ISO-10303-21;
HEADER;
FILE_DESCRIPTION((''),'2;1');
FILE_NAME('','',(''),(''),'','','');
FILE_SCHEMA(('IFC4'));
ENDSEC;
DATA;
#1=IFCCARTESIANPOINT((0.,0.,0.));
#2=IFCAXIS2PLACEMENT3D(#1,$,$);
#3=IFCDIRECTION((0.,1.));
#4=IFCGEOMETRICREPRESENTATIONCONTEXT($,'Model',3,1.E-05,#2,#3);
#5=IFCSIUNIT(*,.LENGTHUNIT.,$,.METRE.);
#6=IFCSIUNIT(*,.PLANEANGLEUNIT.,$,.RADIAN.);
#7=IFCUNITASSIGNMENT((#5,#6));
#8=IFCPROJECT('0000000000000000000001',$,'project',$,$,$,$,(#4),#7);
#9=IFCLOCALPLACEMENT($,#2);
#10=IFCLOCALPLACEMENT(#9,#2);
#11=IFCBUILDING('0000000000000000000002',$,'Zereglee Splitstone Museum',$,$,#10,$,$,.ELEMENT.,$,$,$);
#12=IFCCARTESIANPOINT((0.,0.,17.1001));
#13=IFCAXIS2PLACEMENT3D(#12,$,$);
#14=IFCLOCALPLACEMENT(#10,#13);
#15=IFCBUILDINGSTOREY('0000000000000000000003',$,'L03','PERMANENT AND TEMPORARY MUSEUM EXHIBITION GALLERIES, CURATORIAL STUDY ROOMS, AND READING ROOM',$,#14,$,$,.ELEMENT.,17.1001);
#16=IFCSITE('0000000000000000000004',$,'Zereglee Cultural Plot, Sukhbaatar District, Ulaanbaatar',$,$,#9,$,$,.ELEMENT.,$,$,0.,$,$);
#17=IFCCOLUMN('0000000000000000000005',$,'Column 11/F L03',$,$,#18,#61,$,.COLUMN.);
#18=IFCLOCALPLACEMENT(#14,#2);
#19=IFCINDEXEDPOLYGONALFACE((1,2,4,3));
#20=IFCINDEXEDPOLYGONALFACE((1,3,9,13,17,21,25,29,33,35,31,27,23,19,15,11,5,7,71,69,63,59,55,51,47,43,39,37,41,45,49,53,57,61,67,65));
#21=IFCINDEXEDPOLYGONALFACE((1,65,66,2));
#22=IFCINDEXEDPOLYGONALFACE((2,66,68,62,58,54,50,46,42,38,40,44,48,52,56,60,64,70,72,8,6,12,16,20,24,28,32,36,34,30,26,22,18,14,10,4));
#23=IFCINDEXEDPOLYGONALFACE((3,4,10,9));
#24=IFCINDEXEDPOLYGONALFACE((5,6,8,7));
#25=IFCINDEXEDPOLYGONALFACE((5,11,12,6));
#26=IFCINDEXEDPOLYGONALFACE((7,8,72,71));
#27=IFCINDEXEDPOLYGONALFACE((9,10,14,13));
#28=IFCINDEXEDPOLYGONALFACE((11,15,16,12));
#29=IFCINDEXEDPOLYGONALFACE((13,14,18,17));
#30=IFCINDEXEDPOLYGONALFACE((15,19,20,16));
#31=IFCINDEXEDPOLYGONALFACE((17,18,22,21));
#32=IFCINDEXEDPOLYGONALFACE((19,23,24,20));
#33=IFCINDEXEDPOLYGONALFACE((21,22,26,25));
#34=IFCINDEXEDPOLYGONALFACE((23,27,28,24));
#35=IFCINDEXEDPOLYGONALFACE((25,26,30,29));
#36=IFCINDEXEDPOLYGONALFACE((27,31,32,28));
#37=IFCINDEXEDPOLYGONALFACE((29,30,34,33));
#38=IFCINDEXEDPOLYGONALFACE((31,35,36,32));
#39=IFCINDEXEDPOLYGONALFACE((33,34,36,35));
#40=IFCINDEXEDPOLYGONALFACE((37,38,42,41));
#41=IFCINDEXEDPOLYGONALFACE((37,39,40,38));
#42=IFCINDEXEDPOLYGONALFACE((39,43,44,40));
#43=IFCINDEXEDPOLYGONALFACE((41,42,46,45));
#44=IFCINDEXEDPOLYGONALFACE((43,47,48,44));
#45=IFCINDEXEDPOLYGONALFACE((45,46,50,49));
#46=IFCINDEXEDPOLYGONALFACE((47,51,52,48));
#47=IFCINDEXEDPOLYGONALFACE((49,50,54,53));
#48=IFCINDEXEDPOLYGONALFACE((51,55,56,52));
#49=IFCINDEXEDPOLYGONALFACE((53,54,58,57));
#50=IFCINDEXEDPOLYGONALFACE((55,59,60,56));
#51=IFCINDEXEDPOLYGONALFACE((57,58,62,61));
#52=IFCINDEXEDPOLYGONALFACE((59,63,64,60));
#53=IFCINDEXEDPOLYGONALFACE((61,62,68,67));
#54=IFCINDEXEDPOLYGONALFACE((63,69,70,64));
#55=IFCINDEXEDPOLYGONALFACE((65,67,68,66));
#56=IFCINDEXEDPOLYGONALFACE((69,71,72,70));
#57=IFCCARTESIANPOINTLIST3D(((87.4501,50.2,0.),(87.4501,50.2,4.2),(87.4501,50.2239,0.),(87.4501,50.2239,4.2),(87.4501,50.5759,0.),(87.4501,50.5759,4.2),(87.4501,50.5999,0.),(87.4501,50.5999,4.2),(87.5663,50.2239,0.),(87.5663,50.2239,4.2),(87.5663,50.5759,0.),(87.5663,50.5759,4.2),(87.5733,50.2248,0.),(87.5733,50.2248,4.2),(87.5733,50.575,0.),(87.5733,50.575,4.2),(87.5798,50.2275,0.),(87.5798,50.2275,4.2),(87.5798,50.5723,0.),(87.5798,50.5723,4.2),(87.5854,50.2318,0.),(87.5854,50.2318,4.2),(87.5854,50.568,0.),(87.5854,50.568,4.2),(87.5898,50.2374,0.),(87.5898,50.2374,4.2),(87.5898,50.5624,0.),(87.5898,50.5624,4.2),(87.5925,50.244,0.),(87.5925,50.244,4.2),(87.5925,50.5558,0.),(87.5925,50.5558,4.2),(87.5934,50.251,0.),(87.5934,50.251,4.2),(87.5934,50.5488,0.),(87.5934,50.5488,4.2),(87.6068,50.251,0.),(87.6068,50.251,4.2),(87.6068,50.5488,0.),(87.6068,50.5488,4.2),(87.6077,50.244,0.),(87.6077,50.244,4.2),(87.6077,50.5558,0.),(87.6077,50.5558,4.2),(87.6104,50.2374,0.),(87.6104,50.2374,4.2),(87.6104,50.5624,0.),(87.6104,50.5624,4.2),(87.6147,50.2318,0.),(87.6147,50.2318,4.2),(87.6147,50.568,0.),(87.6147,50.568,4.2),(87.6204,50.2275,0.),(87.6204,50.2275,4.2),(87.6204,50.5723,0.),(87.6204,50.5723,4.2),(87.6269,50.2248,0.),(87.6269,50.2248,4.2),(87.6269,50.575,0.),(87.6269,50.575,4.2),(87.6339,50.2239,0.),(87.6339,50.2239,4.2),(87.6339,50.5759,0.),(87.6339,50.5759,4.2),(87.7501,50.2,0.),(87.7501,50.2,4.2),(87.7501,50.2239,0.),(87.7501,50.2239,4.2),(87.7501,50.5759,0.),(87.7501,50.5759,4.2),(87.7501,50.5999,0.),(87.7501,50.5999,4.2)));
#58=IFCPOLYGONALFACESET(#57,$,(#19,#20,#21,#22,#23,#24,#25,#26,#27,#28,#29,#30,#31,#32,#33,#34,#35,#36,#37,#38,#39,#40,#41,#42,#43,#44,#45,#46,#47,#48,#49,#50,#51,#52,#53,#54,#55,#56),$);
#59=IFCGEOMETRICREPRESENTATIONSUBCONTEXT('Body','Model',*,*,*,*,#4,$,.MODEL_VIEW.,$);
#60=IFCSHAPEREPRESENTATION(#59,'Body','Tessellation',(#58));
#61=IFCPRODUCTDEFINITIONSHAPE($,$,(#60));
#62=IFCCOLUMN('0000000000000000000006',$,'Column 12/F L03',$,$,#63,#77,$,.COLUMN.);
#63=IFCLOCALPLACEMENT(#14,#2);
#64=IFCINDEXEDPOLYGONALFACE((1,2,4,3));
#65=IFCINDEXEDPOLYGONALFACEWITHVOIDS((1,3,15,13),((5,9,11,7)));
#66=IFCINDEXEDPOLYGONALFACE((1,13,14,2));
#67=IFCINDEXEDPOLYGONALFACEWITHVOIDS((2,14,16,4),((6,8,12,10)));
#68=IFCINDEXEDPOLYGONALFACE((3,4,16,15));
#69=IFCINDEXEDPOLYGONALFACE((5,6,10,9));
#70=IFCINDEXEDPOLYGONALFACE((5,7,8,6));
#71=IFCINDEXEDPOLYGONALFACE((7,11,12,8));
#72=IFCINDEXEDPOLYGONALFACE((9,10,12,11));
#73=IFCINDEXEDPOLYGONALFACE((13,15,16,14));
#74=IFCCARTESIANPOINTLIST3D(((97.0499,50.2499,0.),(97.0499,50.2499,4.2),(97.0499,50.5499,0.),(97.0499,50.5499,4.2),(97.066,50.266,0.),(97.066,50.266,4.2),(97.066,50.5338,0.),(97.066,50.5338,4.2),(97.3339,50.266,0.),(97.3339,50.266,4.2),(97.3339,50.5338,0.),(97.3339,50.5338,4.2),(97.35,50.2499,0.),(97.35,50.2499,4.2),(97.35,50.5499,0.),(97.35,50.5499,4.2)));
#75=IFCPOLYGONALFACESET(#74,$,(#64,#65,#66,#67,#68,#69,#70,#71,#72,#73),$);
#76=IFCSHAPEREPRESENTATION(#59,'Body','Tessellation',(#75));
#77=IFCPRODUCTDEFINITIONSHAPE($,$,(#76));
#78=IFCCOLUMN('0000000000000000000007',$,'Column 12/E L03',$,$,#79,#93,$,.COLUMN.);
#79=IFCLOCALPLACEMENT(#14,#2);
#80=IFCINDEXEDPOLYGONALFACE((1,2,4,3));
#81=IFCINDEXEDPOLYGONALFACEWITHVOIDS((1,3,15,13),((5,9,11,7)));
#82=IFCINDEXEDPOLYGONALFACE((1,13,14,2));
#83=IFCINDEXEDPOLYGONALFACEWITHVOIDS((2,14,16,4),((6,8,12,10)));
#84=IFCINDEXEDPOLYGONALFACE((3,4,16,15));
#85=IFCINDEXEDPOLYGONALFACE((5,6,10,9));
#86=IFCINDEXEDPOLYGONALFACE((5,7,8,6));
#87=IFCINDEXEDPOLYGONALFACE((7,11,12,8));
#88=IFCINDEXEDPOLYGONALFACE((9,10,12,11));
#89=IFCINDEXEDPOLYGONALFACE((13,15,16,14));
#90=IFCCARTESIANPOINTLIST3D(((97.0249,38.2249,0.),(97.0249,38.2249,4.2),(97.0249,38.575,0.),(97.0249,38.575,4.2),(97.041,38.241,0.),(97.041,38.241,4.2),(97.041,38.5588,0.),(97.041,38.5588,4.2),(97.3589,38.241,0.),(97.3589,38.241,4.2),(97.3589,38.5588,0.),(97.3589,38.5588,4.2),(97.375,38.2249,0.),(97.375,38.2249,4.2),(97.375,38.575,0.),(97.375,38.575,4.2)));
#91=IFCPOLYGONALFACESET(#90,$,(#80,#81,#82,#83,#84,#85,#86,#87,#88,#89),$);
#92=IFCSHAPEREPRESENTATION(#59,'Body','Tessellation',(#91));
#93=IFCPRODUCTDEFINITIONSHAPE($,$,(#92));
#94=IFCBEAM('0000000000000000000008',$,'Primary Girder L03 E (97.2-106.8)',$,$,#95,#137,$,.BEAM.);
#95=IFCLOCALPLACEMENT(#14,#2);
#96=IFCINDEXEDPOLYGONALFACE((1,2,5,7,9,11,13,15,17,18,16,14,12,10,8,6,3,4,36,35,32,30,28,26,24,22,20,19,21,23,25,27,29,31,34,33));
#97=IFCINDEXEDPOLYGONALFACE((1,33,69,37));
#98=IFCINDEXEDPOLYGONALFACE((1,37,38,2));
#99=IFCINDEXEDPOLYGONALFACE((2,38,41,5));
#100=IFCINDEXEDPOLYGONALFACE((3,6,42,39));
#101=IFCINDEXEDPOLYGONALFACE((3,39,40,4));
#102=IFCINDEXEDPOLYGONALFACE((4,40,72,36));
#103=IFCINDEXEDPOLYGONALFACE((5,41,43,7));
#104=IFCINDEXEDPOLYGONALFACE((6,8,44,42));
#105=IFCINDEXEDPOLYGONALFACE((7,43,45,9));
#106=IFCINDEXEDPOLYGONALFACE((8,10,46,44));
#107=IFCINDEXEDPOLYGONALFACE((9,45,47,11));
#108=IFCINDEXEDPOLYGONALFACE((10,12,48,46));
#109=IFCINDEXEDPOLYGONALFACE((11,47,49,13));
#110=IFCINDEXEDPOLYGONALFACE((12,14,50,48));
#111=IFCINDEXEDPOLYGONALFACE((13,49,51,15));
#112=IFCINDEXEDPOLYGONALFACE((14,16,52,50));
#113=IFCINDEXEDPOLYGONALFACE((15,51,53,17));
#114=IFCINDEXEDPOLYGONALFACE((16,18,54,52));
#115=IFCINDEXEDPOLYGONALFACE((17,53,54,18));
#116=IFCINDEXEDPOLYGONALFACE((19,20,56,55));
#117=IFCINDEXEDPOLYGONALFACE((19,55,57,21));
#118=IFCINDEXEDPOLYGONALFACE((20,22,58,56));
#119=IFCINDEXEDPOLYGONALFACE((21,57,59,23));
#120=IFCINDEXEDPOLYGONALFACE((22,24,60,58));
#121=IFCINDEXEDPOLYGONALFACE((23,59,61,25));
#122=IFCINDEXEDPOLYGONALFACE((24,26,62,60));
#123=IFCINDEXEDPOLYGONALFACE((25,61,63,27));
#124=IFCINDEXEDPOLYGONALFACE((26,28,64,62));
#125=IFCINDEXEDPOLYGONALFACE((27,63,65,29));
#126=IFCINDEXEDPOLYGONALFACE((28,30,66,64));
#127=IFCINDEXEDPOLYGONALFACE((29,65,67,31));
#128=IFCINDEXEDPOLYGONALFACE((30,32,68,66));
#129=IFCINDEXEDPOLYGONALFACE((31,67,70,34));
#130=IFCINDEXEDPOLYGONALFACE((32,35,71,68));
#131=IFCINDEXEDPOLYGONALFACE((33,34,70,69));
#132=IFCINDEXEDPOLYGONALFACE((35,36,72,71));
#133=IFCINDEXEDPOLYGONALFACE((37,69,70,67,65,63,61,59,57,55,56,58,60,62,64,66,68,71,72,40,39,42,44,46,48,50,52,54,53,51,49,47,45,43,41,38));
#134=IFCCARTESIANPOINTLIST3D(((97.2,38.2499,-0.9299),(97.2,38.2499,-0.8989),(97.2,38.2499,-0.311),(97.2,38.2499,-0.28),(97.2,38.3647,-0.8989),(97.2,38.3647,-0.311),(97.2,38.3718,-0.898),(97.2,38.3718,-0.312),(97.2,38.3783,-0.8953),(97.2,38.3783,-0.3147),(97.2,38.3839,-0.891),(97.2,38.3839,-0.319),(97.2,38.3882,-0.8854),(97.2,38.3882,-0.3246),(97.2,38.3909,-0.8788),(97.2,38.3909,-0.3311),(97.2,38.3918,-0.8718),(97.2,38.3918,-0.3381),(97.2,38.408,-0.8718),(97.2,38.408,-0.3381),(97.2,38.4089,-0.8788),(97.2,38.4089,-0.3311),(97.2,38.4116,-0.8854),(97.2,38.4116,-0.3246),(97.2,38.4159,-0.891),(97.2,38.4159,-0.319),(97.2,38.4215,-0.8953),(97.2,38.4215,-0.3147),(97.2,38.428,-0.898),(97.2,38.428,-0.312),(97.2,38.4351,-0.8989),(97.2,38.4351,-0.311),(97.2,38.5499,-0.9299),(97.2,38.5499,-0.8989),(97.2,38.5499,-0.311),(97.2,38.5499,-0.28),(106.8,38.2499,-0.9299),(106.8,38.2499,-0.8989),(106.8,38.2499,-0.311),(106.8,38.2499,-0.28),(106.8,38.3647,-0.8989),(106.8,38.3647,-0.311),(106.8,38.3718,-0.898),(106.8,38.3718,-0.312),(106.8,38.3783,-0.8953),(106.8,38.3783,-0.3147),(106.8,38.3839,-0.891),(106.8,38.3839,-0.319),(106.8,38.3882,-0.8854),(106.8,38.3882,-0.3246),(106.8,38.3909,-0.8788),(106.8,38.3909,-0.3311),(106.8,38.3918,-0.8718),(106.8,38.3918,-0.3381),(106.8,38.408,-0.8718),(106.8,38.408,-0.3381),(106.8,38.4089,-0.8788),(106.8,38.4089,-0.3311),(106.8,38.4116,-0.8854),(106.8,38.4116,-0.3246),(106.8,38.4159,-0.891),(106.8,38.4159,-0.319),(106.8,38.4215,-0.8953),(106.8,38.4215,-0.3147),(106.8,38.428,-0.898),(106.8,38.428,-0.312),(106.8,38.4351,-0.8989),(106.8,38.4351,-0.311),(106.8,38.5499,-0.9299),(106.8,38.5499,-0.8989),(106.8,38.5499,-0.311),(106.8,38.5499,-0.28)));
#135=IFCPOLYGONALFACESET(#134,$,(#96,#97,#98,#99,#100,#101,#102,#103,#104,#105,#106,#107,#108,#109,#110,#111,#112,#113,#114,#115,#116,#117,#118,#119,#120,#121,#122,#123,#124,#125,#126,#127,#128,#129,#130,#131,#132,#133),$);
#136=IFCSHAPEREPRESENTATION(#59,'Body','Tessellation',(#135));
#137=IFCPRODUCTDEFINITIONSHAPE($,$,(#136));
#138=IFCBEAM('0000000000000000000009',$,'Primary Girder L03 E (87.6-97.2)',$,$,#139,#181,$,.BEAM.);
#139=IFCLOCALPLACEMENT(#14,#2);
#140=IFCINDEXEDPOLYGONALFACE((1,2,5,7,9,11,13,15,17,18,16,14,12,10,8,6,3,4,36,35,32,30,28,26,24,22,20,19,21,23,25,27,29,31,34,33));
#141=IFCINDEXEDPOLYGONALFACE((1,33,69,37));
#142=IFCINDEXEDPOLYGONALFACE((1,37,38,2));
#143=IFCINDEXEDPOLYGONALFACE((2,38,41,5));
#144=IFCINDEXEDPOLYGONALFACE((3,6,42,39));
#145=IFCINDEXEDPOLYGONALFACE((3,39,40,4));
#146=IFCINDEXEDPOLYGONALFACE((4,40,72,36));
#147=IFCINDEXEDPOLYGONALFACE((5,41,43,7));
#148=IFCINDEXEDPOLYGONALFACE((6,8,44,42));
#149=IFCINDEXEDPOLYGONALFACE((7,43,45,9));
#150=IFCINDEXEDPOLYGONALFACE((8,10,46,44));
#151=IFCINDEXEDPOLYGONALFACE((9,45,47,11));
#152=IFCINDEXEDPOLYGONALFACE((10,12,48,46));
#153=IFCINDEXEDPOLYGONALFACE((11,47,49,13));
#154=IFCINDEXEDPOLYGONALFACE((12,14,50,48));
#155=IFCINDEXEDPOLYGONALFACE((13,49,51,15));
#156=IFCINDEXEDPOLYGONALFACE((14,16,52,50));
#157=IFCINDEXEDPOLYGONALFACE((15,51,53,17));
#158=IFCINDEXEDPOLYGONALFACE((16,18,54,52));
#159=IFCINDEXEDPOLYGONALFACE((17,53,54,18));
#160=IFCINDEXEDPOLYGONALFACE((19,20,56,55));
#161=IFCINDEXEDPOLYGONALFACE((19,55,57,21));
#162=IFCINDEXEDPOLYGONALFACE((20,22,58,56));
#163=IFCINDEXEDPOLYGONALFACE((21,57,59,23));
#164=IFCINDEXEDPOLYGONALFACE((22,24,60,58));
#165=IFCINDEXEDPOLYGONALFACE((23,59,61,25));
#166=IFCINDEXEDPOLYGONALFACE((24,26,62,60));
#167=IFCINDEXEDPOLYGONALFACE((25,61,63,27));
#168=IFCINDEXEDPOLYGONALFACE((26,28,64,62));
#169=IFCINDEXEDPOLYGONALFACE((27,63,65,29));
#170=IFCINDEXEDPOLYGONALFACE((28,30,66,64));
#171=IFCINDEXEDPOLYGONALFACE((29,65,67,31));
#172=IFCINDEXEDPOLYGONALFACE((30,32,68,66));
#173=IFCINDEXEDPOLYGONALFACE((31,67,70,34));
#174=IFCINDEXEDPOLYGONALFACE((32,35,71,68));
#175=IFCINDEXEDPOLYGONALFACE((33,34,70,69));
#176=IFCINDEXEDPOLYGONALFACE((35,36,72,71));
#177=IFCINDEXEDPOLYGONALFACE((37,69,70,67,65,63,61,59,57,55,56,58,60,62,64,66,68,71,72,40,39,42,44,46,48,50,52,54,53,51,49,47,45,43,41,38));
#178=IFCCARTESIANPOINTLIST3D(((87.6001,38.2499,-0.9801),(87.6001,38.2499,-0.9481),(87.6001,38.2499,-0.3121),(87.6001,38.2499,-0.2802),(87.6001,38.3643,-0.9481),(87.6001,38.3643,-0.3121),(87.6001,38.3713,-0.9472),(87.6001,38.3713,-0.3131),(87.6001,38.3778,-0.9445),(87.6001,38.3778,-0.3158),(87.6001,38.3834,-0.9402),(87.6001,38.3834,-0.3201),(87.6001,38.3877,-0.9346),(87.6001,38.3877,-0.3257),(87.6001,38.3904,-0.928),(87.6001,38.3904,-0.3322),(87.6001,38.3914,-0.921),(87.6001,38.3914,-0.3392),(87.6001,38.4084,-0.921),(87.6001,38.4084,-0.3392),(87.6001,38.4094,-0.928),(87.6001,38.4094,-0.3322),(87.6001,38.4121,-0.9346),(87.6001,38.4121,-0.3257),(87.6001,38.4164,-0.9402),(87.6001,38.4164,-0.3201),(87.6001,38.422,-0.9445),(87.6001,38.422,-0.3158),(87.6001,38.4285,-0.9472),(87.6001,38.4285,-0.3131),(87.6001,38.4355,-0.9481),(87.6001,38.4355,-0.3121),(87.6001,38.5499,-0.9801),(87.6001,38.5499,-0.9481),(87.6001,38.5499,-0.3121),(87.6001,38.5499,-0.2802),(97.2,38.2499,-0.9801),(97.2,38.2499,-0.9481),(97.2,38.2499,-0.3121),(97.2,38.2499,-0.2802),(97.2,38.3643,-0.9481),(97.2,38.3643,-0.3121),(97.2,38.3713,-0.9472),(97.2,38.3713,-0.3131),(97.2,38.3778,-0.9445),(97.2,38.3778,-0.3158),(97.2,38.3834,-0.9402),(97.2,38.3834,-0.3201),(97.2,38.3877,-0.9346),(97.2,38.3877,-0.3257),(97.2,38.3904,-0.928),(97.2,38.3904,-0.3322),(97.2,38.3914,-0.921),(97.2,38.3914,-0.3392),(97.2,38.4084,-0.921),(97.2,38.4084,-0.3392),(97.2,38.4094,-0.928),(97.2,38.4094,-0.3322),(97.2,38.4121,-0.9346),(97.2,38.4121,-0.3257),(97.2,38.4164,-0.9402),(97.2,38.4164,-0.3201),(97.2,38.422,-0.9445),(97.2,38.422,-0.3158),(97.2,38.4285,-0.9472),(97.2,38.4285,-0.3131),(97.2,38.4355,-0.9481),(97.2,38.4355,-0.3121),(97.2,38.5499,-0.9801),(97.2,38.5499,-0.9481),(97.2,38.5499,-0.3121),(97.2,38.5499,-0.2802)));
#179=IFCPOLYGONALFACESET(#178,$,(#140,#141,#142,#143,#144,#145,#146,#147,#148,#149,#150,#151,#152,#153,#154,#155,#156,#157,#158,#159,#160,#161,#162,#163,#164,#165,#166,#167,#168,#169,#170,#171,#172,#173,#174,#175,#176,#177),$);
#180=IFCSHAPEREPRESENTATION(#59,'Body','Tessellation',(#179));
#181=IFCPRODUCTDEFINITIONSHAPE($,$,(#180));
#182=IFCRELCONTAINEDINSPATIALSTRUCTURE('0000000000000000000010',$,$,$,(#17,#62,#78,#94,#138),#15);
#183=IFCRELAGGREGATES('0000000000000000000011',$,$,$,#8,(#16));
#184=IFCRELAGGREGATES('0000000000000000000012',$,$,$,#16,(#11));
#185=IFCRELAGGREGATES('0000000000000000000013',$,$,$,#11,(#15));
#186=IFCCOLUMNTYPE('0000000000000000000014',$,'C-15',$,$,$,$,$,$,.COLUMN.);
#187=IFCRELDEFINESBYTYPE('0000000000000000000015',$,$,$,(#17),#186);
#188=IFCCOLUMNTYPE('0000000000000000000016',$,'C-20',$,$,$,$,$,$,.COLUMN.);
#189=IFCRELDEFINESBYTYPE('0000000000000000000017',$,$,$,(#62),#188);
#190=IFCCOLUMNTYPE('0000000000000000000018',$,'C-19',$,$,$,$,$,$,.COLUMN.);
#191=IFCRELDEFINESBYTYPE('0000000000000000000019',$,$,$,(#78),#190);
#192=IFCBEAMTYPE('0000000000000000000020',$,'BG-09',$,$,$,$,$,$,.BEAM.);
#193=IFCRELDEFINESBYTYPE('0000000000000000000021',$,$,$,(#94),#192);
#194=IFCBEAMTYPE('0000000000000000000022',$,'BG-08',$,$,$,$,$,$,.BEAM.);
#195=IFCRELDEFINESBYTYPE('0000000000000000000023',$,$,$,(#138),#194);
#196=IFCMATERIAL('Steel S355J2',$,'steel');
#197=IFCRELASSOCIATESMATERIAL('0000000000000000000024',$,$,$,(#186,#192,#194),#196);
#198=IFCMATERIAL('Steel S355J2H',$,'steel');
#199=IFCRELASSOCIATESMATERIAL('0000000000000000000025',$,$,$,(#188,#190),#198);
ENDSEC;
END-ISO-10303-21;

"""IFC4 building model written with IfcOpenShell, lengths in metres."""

from ifc_helpers import new_model, si_unit, direction, frame, origin, origin_2d, place, context, subcontext, project, spatial, hollow_rectangle, i_section, extrude, material, material_profile, profile_set, type_object, element, save


model = new_model("IFC4")

# Units and contexts
model_context = context("Model", 3, precision=1e-05, world=origin(), true_north=direction((0.0, 1.0)))
body_context = subcontext(model_context, "Body", "Model", "MODEL_VIEW")
ifc_project = project(units=[si_unit("LENGTHUNIT", "METRE"), si_unit("PLANEANGLEUNIT", "RADIAN")], contexts=[model_context])

# Site, building, storey
site_placement = place(None, origin())
site = spatial("IfcSite", under=ifc_project, at=site_placement, Name="Zereglee Cultural Plot, Sukhbaatar District, Ulaanbaatar", CompositionType="ELEMENT", RefElevation=0.0)
building_placement = place(site_placement, origin())
building = spatial("IfcBuilding", under=site, at=building_placement, Name="Zereglee Splitstone Museum", CompositionType="ELEMENT")
storey_placement = place(building_placement, frame((0.0, 0.0, 17.1001)))
storey = spatial("IfcBuildingStorey", under=building, at=storey_placement, Name="L03", Description="PERMANENT AND TEMPORARY MUSEUM EXHIBITION GALLERIES, CURATORIAL STUDY ROOMS, AND READING ROOM", CompositionType="ELEMENT", Elevation=17.1001)

# Columns
ifc_material_1 = material(Name="Steel S355J2", Category="steel")
ifc_material_profile_1 = material_profile(ifc_material_1, i_section(OverallWidth=0.3, OverallDepth=0.3999, WebThickness=0.0134, FlangeThickness=0.0239, FilletRadius=0.0271, at=origin_2d()), Name="HE 400 B")
ifc_profile_set_1 = profile_set([ifc_material_profile_1], Name="Steel S355J2")
column_type_1 = type_object("IfcColumnType", Name="C-15", PredefinedType="COLUMN", material=ifc_profile_set_1)
column_1_placement = place(storey_placement, frame((87.6001, 50.3999, 0.0), z_axis=(0.0, 0.0, 1.0), x_axis=(1.0, 0.0, 0.0)))
element("IfcColumn", 1, at=column_1_placement, inside=storey, type_object=column_type_1, Name="Column 11/F L03", PredefinedType="COLUMN", context=body_context, shape_type="SweptSolid", body=[
    extrude(i_section(OverallWidth=0.3, OverallDepth=0.3999, WebThickness=0.0134, FlangeThickness=0.0239, FilletRadius=0.0271, at=origin_2d()), origin(), (0.0, 0.0, 1.0), 4.2),
])
ifc_material_2 = material(Name="Steel S355J2H", Category="steel")
ifc_material_profile_2 = material_profile(ifc_material_2, hollow_rectangle(XDim=0.3, YDim=0.3, WallThickness=0.0161, at=origin_2d()), Name="SHS 300x300x16")
ifc_profile_set_2 = profile_set([ifc_material_profile_2], Name="Steel S355J2H")
column_type_2 = type_object("IfcColumnType", Name="C-20", PredefinedType="COLUMN", material=ifc_profile_set_2)
column_2_placement = place(storey_placement, frame((97.2, 50.3999, 0.0), z_axis=(0.0, 0.0, 1.0), x_axis=(1.0, 0.0, 0.0)))
element("IfcColumn", 2, at=column_2_placement, inside=storey, type_object=column_type_2, Name="Column 12/F L03", PredefinedType="COLUMN", context=body_context, shape_type="SweptSolid", body=[
    extrude(hollow_rectangle(XDim=0.3, YDim=0.3, WallThickness=0.0161, at=origin_2d()), origin(), (0.0, 0.0, 1.0), 4.2),
])
ifc_material_profile_3 = material_profile(ifc_material_2, hollow_rectangle(XDim=0.3501, YDim=0.3501, WallThickness=0.0161, at=origin_2d()), Name="SHS 350x350x16")
ifc_profile_set_3 = profile_set([ifc_material_profile_3], Name="Steel S355J2H")
column_type_3 = type_object("IfcColumnType", Name="C-19", PredefinedType="COLUMN", material=ifc_profile_set_3)
column_3_placement = place(storey_placement, frame((97.2, 38.3999, 0.0), z_axis=(0.0, 0.0, 1.0), x_axis=(1.0, 0.0, 0.0)))
element("IfcColumn", 3, at=column_3_placement, inside=storey, type_object=column_type_3, Name="Column 12/E L03", PredefinedType="COLUMN", context=body_context, shape_type="SweptSolid", body=[
    extrude(hollow_rectangle(XDim=0.3501, YDim=0.3501, WallThickness=0.0161, at=origin_2d()), origin(), (0.0, 0.0, 1.0), 4.2),
])

# Beams
ifc_material_profile_4 = material_profile(ifc_material_1, i_section(OverallWidth=0.3, OverallDepth=0.6499, WebThickness=0.0161, FlangeThickness=0.031, FilletRadius=0.0271, at=origin_2d()), Name="HE 650 B")
ifc_profile_set_4 = profile_set([ifc_material_profile_4], Name="Steel S355J2")
beam_type_1 = type_object("IfcBeamType", Name="BG-09", PredefinedType="BEAM", material=ifc_profile_set_4)
beam_1_placement = place(storey_placement, frame((97.2, 38.3999, -0.605), z_axis=(1.0, 0.0, 0.0), x_axis=(0.0, 1.0, 0.0)))
element("IfcBeam", 4, at=beam_1_placement, inside=storey, type_object=beam_type_1, Name="Primary Girder L03 E (97.2-106.8)", PredefinedType="BEAM", context=body_context, shape_type="SweptSolid", body=[
    extrude(i_section(OverallWidth=0.3, OverallDepth=0.6499, WebThickness=0.0161, FlangeThickness=0.031, FilletRadius=0.0271, at=origin_2d()), origin(), (0.0, 0.0, 1.0), 9.6001),
])
ifc_material_profile_5 = material_profile(ifc_material_1, i_section(OverallWidth=0.3, OverallDepth=0.7, WebThickness=0.0171, FlangeThickness=0.032, FilletRadius=0.0271, at=origin_2d()), Name="HE 700 B")
ifc_profile_set_5 = profile_set([ifc_material_profile_5], Name="Steel S355J2")
beam_type_2 = type_object("IfcBeamType", Name="BG-08", PredefinedType="BEAM", material=ifc_profile_set_5)
beam_2_placement = place(storey_placement, frame((87.6001, 38.3999, -0.6301), z_axis=(1.0, 0.0, 0.0), x_axis=(0.0, 1.0, 0.0)))
element("IfcBeam", 5, at=beam_2_placement, inside=storey, type_object=beam_type_2, Name="Primary Girder L03 E (87.6-97.2)", PredefinedType="BEAM", context=body_context, shape_type="SweptSolid", body=[
    extrude(i_section(OverallWidth=0.3, OverallDepth=0.7, WebThickness=0.0171, FlangeThickness=0.032, FilletRadius=0.0271, at=origin_2d()), origin(), (0.0, 0.0, 1.0), 9.5999),
])

save(model, "model.ifc")
